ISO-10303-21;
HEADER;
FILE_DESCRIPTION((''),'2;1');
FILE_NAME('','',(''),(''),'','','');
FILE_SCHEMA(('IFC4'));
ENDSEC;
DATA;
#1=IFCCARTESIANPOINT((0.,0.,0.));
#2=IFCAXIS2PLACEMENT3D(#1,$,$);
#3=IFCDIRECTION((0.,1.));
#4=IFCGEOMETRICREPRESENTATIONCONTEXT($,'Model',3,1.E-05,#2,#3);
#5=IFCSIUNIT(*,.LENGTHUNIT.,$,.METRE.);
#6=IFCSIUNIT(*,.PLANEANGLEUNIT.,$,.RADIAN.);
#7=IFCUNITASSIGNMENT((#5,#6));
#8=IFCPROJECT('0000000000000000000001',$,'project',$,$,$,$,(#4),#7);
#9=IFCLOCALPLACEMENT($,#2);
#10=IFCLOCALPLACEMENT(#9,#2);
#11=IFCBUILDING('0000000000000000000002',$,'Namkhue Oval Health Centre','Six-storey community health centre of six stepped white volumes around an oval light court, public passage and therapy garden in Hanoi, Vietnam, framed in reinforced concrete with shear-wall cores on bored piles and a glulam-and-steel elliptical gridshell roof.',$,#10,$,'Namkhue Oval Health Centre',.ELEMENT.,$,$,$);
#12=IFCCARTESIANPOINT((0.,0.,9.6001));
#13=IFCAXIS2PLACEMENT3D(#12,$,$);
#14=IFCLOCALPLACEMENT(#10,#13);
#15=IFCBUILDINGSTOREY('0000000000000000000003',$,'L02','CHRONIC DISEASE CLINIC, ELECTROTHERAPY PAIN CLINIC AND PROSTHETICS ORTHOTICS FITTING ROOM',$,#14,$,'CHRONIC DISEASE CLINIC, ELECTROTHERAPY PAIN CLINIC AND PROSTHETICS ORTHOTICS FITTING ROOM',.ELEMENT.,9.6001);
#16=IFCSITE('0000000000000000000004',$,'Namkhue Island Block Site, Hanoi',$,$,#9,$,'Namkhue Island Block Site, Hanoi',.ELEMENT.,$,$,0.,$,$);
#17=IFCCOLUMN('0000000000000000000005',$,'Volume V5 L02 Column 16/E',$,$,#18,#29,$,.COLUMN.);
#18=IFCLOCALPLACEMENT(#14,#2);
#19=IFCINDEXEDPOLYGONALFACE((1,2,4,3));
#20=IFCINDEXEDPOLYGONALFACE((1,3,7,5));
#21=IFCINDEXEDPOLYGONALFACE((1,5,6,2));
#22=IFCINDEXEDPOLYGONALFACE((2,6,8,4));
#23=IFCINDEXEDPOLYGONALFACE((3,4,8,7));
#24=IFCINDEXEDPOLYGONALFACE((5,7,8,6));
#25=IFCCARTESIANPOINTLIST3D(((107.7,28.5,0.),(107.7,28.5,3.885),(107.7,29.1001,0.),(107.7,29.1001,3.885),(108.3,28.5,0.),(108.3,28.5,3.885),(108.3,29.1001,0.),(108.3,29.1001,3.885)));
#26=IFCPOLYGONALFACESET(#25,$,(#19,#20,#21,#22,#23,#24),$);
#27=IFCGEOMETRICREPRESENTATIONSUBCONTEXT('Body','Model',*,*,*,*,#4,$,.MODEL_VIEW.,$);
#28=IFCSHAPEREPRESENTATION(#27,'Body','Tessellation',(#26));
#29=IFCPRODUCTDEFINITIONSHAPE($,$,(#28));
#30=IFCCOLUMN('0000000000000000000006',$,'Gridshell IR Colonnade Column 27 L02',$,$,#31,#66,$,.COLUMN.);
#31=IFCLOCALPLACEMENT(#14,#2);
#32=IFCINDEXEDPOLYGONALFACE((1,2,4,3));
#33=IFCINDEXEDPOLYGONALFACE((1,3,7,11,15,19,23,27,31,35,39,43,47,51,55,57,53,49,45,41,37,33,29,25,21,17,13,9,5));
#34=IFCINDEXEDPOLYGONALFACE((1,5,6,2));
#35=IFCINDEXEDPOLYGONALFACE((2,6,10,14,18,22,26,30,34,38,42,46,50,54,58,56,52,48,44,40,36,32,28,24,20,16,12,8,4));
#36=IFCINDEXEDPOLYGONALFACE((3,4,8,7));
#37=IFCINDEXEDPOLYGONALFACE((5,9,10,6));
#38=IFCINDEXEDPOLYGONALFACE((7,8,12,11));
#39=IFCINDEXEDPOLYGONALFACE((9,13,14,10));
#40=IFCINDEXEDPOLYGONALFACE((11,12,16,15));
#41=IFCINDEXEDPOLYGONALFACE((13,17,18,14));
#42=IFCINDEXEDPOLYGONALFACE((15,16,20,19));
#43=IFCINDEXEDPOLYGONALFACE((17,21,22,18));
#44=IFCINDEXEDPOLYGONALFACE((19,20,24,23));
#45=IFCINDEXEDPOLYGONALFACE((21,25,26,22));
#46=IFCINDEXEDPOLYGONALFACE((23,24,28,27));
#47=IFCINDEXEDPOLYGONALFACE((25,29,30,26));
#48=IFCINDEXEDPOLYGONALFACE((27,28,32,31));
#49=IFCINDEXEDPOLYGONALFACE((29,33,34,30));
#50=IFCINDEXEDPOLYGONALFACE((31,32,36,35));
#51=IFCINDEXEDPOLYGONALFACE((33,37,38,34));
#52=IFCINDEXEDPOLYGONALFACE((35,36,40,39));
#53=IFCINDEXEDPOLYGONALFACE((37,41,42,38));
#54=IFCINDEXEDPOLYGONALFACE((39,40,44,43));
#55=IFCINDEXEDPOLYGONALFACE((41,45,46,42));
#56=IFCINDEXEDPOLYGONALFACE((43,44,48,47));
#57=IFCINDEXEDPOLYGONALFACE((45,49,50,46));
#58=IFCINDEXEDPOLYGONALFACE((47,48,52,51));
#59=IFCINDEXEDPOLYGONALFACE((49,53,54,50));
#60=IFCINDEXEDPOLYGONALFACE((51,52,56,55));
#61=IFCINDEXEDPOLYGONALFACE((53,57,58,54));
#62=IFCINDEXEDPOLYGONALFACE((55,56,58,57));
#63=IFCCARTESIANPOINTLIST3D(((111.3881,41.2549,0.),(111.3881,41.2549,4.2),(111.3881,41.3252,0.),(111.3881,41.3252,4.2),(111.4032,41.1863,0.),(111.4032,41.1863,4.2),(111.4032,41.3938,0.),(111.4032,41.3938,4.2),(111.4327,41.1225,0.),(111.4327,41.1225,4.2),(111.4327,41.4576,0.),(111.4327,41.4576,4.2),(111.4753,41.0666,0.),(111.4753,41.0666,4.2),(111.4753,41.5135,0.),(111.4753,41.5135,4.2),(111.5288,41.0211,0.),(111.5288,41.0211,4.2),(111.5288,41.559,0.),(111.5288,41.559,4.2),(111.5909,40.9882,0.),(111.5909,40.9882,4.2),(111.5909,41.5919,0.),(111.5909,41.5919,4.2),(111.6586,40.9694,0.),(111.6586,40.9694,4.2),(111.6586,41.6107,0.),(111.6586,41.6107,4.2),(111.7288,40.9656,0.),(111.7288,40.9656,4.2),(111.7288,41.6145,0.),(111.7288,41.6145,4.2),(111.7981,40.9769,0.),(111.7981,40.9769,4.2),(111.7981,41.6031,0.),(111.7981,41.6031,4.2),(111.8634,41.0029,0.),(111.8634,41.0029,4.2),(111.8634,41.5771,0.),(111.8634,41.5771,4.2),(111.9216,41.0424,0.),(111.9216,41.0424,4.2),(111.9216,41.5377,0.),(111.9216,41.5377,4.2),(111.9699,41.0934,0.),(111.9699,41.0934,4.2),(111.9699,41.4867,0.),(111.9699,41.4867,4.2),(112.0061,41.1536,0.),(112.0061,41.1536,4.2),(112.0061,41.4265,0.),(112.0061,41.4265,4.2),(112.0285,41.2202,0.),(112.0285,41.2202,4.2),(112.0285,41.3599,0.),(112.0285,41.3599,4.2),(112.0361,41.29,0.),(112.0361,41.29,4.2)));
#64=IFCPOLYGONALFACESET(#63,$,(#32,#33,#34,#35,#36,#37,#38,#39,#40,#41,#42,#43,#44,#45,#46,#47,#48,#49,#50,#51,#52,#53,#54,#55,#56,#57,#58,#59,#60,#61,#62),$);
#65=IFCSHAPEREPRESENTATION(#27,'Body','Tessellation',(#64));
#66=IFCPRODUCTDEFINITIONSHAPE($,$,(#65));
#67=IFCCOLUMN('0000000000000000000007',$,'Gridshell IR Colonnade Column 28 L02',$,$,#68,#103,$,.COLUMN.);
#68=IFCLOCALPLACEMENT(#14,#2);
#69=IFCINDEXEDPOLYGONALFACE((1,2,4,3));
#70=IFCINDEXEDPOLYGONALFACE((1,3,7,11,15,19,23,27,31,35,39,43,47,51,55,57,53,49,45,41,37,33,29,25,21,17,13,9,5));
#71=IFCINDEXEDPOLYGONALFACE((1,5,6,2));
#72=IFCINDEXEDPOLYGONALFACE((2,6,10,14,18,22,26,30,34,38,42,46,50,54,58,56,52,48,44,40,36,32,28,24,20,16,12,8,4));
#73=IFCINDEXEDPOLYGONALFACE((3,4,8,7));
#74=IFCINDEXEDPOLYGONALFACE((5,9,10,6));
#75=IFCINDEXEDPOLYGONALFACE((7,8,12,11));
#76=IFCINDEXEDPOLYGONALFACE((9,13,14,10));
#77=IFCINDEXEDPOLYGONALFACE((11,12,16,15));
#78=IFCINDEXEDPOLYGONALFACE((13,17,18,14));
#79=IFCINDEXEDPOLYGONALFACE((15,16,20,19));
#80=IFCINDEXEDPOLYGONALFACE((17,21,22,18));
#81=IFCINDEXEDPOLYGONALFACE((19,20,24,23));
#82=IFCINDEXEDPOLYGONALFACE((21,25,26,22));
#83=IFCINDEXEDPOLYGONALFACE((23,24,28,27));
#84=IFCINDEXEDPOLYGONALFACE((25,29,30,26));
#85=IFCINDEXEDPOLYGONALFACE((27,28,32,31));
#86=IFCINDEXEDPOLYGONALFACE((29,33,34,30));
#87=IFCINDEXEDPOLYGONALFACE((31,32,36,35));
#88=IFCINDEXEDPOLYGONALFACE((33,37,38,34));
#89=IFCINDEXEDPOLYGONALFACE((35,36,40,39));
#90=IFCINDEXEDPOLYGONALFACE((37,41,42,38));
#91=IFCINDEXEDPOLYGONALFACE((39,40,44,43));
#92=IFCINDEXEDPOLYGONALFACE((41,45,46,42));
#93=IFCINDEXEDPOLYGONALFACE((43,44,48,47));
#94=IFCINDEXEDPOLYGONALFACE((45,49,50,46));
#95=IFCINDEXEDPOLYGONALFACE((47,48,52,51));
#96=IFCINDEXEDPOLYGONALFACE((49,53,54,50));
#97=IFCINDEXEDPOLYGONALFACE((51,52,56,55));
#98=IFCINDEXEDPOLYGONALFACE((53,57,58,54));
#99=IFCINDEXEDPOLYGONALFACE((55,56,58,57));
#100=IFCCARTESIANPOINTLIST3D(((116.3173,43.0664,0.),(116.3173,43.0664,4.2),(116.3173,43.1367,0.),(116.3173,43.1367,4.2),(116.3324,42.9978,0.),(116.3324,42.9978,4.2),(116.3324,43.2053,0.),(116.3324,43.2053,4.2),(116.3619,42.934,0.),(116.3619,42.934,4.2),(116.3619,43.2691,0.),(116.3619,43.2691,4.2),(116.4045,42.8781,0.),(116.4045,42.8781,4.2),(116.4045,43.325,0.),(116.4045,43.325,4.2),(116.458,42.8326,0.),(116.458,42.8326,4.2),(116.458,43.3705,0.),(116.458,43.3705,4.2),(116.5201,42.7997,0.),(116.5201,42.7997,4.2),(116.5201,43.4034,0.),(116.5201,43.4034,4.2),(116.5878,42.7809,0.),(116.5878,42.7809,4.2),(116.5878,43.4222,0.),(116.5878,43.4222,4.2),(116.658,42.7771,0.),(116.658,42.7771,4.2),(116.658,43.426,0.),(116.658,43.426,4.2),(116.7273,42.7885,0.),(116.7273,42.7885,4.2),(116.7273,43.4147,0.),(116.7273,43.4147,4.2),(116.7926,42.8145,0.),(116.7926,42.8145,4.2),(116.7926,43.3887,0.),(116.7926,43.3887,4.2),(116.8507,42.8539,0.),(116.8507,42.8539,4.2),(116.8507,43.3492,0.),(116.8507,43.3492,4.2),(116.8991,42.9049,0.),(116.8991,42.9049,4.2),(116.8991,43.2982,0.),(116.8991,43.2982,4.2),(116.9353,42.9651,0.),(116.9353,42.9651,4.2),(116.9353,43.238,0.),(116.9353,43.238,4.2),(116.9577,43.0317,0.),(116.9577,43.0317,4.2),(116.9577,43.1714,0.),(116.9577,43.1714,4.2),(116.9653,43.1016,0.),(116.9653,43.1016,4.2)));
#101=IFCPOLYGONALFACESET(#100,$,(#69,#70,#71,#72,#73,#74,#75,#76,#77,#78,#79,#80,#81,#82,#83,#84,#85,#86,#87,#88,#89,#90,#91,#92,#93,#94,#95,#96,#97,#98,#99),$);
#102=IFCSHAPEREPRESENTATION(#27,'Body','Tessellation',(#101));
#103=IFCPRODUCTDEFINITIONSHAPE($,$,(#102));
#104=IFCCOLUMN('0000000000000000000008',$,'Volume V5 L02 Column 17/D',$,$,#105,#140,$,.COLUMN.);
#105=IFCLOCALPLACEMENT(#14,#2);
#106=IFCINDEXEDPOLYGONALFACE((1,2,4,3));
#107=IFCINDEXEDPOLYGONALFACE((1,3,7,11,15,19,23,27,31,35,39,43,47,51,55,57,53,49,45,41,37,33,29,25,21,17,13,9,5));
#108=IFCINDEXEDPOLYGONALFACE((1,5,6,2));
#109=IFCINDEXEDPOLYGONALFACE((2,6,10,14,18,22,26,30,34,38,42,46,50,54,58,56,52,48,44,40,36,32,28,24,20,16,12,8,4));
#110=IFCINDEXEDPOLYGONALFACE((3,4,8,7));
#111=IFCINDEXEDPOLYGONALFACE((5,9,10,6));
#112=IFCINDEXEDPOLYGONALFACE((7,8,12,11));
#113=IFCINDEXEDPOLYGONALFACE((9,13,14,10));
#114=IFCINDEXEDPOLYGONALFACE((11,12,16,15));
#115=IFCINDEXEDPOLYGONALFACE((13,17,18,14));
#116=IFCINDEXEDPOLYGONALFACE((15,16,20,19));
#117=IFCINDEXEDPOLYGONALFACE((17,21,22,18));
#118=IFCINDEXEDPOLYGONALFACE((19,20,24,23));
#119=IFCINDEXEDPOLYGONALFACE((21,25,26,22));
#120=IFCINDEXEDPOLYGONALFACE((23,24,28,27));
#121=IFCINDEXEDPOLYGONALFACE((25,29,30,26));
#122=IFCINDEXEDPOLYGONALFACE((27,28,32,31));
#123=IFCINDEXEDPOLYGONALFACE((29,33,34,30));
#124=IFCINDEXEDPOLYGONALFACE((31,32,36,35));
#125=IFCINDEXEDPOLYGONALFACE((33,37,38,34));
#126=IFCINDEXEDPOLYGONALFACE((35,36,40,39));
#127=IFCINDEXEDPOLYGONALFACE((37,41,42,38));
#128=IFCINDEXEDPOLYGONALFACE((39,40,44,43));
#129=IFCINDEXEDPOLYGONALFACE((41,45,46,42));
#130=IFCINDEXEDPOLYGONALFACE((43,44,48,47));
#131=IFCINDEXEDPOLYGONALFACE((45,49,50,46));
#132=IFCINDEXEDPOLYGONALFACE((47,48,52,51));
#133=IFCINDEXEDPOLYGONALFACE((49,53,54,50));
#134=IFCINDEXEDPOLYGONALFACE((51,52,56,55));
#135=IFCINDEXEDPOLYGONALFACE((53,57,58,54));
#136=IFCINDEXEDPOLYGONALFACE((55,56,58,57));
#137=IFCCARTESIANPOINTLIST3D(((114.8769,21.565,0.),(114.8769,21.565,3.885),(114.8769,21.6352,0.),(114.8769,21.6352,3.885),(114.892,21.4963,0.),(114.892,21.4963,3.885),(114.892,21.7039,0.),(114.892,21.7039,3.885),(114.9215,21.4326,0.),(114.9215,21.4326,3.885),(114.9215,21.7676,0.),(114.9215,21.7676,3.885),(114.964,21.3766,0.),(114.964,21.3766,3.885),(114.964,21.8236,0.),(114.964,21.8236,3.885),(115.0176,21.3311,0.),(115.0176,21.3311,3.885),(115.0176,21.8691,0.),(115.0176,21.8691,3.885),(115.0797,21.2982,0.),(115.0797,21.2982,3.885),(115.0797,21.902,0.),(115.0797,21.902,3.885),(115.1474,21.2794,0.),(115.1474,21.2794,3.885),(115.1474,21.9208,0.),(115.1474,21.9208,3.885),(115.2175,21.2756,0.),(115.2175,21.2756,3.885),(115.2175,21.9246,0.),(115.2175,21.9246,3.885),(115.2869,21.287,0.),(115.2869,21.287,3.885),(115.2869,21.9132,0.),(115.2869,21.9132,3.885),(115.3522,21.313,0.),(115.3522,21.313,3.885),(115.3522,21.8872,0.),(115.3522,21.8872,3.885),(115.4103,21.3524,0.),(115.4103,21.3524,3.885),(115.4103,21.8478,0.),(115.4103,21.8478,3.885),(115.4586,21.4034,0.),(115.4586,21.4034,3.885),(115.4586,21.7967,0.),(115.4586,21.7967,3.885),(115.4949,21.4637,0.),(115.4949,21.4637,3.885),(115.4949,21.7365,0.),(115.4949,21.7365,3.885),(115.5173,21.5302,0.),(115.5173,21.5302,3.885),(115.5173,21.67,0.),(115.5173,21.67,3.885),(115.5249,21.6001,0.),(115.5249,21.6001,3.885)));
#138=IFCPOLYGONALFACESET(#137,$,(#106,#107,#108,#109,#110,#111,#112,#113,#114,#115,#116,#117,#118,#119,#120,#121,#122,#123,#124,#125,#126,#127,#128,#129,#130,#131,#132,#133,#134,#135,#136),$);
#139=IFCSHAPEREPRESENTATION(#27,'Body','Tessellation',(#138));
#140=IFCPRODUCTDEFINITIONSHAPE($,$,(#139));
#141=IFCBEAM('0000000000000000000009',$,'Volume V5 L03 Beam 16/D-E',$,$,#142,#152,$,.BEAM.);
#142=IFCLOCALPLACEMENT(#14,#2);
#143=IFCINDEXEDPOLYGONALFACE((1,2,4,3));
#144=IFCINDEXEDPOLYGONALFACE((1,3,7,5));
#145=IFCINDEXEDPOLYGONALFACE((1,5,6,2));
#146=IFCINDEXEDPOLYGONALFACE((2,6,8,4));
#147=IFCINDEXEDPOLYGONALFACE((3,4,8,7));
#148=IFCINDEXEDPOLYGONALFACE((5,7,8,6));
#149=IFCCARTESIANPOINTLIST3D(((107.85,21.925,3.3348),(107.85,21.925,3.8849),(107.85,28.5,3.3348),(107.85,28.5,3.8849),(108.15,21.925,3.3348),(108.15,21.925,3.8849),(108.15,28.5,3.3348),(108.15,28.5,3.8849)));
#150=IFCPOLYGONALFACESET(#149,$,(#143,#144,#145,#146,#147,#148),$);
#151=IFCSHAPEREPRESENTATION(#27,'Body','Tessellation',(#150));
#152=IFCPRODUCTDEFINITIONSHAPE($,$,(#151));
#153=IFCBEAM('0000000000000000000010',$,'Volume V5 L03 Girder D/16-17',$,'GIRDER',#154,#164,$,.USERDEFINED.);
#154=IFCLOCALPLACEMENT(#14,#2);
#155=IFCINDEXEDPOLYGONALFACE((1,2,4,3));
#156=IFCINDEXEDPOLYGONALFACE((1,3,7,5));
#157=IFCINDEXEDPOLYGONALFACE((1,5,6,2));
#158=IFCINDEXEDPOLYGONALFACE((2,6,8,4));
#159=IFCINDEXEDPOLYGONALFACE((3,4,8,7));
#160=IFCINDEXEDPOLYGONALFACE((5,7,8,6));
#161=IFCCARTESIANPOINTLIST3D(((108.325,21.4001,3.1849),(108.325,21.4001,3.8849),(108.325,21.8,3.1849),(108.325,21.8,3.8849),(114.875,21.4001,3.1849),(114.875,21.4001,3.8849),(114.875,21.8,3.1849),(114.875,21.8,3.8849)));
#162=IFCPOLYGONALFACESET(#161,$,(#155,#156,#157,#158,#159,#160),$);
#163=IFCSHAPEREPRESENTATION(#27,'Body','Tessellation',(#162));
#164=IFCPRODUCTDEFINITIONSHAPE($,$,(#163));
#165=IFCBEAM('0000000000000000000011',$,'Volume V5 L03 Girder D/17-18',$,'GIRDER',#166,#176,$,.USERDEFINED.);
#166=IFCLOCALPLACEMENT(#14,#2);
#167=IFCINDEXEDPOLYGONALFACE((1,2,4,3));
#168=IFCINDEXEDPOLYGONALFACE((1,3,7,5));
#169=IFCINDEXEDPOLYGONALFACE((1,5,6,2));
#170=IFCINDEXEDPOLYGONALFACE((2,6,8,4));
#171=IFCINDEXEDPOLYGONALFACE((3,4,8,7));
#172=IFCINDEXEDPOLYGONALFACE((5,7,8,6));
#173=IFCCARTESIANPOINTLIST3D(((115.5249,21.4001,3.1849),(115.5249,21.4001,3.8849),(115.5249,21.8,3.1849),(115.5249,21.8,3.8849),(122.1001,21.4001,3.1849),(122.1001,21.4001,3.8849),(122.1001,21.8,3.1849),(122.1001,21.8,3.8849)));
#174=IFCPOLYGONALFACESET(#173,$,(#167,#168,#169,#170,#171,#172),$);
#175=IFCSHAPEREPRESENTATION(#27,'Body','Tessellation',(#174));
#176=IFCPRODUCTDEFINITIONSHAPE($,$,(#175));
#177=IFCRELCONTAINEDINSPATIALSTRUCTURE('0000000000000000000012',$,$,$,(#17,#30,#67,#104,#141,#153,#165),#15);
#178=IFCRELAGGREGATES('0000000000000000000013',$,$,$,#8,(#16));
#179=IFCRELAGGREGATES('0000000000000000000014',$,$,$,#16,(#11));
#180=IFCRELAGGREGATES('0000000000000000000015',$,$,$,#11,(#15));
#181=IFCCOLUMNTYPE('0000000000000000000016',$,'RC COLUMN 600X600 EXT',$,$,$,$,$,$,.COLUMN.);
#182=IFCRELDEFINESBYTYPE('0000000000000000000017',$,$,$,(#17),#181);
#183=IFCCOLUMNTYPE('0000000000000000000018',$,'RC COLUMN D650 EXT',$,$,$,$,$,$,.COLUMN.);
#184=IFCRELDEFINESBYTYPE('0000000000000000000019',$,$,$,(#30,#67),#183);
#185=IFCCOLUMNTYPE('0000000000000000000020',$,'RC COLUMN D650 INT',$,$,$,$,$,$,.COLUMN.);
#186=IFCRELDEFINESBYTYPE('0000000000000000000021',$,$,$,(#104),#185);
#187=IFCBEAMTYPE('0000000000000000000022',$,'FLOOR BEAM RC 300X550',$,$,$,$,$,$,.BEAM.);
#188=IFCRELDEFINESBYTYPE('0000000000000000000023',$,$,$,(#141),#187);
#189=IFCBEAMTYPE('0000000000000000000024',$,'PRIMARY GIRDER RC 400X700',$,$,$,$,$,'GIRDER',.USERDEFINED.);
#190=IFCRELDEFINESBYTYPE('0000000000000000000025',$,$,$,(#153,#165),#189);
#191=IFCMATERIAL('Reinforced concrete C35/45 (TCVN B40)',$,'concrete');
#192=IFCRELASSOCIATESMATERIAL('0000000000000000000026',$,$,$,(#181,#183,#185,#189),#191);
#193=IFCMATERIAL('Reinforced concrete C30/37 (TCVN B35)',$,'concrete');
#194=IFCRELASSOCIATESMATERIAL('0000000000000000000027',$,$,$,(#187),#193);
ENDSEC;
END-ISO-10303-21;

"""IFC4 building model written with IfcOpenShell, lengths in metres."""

from ifc_helpers import new_model, si_unit, direction, frame, origin, origin_2d, place, context, subcontext, project, spatial, rectangle, circle, extrude, material, material_profile, profile_set, type_object, element, save


model = new_model("IFC4")

# Units and contexts
model_context = context("Model", 3, precision=1e-05, world=origin(), true_north=direction((0.0, 1.0)))
body_context = subcontext(model_context, "Body", "Model", "MODEL_VIEW")
ifc_project = project(units=[si_unit("LENGTHUNIT", "METRE"), si_unit("PLANEANGLEUNIT", "RADIAN")], contexts=[model_context])

# Site, building, storey
site_placement = place(None, origin())
site = spatial("IfcSite", under=ifc_project, at=site_placement, Name="Namkhue Island Block Site, Hanoi", LongName="Namkhue Island Block Site, Hanoi", CompositionType="ELEMENT", RefElevation=0.0)
building_placement = place(site_placement, origin())
building = spatial("IfcBuilding", under=site, at=building_placement, Name="Namkhue Oval Health Centre", Description="Six-storey community health centre of six stepped white volumes around an oval light court, public passage and therapy garden in Hanoi, Vietnam, framed in reinforced concrete with shear-wall cores on bored piles and a glulam-and-steel elliptical gridshell roof.", LongName="Namkhue Oval Health Centre", CompositionType="ELEMENT")
storey_placement = place(building_placement, frame((0.0, 0.0, 9.6001)))
storey = spatial("IfcBuildingStorey", under=building, at=storey_placement, Name="L02", Description="CHRONIC DISEASE CLINIC, ELECTROTHERAPY PAIN CLINIC AND PROSTHETICS ORTHOTICS FITTING ROOM", LongName="CHRONIC DISEASE CLINIC, ELECTROTHERAPY PAIN CLINIC AND PROSTHETICS ORTHOTICS FITTING ROOM", CompositionType="ELEMENT", Elevation=9.6001)

# Columns
ifc_material_1 = material(Name="Reinforced concrete C35/45 (TCVN B40)", Category="concrete")
ifc_material_profile_1 = material_profile(ifc_material_1, rectangle(XDim=0.6001, YDim=0.6001, at=origin_2d()), Name="RC 600x600")
ifc_profile_set_1 = profile_set([ifc_material_profile_1], Name="Reinforced concrete C35/45 (TCVN B40)")
column_type_1 = type_object("IfcColumnType", Name="RC COLUMN 600X600 EXT", PredefinedType="COLUMN", material=ifc_profile_set_1)
column_1_placement = place(storey_placement, frame((108.0, 28.8, 0.0), z_axis=(0.0, 0.0, 1.0), x_axis=(1.0, 0.0, 0.0)))
element("IfcColumn", 1, at=column_1_placement, inside=storey, type_object=column_type_1, Name="Volume V5 L02 Column 16/E", PredefinedType="COLUMN", context=body_context, shape_type="SweptSolid", body=[
    extrude(rectangle(XDim=0.6001, YDim=0.6001, at=origin_2d()), origin(), (0.0, 0.0, 1.0), 3.885),
])
ifc_material_profile_2 = material_profile(ifc_material_1, circle(Radius=0.325, at=origin_2d()), Name="RC D650")
ifc_profile_set_2 = profile_set([ifc_material_profile_2], Name="Reinforced concrete C35/45 (TCVN B40)")
column_type_2 = type_object("IfcColumnType", Name="RC COLUMN D650 EXT", PredefinedType="COLUMN", material=ifc_profile_set_2)
for number, where, z_axis, x_axis, name in (
    (2, (111.7112, 41.29, 0.0), (0.0, 0.0, 1.0), (1.0, 0.0, 0.0), "Gridshell IR Colonnade Column 27 L02"),
    (3, (116.6404, 43.1016, 0.0), (0.0, 0.0, 1.0), (1.0, 0.0, 0.0), "Gridshell IR Colonnade Column 28 L02"),
):
    element("IfcColumn", number, at=place(storey_placement, frame(where, z_axis=z_axis, x_axis=x_axis)), inside=storey, type_object=column_type_2, Name=name, PredefinedType="COLUMN", context=body_context, shape_type="SweptSolid", body=[
        extrude(circle(Radius=0.325, at=origin_2d()), origin(), (0.0, 0.0, 1.0), 4.2),
    ])
ifc_material_profile_3 = material_profile(ifc_material_1, circle(Radius=0.325, at=origin_2d()), Name="RC D650")
ifc_profile_set_3 = profile_set([ifc_material_profile_3], Name="Reinforced concrete C35/45 (TCVN B40)")
column_type_3 = type_object("IfcColumnType", Name="RC COLUMN D650 INT", PredefinedType="COLUMN", material=ifc_profile_set_3)
column_2_placement = place(storey_placement, frame((115.2, 21.6001, 0.0), z_axis=(0.0, 0.0, 1.0), x_axis=(1.0, 0.0, 0.0)))
element("IfcColumn", 4, at=column_2_placement, inside=storey, type_object=column_type_3, Name="Volume V5 L02 Column 17/D", PredefinedType="COLUMN", context=body_context, shape_type="SweptSolid", body=[
    extrude(circle(Radius=0.325, at=origin_2d()), origin(), (0.0, 0.0, 1.0), 3.885),
])

# Beams
ifc_material_2 = material(Name="Reinforced concrete C30/37 (TCVN B35)", Category="concrete")
ifc_material_profile_4 = material_profile(ifc_material_2, rectangle(XDim=0.3, YDim=0.55, at=origin_2d()), Name="RC 300x550")
ifc_profile_set_4 = profile_set([ifc_material_profile_4], Name="Reinforced concrete C30/37 (TCVN B35)")
beam_type_1 = type_object("IfcBeamType", Name="FLOOR BEAM RC 300X550", PredefinedType="BEAM", material=ifc_profile_set_4)
beam_1_placement = place(storey_placement, frame((108.0, 21.925, 3.6099), z_axis=(0.0, 1.0, 0.0), x_axis=(-1.0, 0.0, 0.0)))
element("IfcBeam", 5, at=beam_1_placement, inside=storey, type_object=beam_type_1, Name="Volume V5 L03 Beam 16/D-E", PredefinedType="BEAM", context=body_context, shape_type="SweptSolid", body=[
    extrude(rectangle(XDim=0.3, YDim=0.55, at=origin_2d()), origin(), (0.0, 0.0, 1.0), 6.575),
])
ifc_material_profile_5 = material_profile(ifc_material_1, rectangle(XDim=0.3999, YDim=0.7, at=origin_2d()), Name="RC 400x700")
ifc_profile_set_5 = profile_set([ifc_material_profile_5], Name="Reinforced concrete C35/45 (TCVN B40)")
beam_type_2 = type_object("IfcBeamType", Name="PRIMARY GIRDER RC 400X700", ElementType="GIRDER", PredefinedType="USERDEFINED", material=ifc_profile_set_5)
beam_2_placement = place(storey_placement, frame((108.325, 21.6001, 3.5349), z_axis=(1.0, 0.0, 0.0), x_axis=(0.0, 1.0, 0.0)))
element("IfcBeam", 6, at=beam_2_placement, inside=storey, type_object=beam_type_2, Name="Volume V5 L03 Girder D/16-17", ObjectType="GIRDER", PredefinedType="USERDEFINED", context=body_context, shape_type="SweptSolid", body=[
    extrude(rectangle(XDim=0.3999, YDim=0.7, at=origin_2d()), origin(), (0.0, 0.0, 1.0), 6.55),
])
beam_3_placement = place(storey_placement, frame((115.5249, 21.6001, 3.5349), z_axis=(1.0, 0.0, 0.0), x_axis=(0.0, 1.0, 0.0)))
element("IfcBeam", 7, at=beam_3_placement, inside=storey, type_object=beam_type_2, Name="Volume V5 L03 Girder D/17-18", ObjectType="GIRDER", PredefinedType="USERDEFINED", context=body_context, shape_type="SweptSolid", body=[
    extrude(rectangle(XDim=0.3999, YDim=0.7, at=origin_2d()), origin(), (0.0, 0.0, 1.0), 6.5752),
])

save(model, "model.ifc")
